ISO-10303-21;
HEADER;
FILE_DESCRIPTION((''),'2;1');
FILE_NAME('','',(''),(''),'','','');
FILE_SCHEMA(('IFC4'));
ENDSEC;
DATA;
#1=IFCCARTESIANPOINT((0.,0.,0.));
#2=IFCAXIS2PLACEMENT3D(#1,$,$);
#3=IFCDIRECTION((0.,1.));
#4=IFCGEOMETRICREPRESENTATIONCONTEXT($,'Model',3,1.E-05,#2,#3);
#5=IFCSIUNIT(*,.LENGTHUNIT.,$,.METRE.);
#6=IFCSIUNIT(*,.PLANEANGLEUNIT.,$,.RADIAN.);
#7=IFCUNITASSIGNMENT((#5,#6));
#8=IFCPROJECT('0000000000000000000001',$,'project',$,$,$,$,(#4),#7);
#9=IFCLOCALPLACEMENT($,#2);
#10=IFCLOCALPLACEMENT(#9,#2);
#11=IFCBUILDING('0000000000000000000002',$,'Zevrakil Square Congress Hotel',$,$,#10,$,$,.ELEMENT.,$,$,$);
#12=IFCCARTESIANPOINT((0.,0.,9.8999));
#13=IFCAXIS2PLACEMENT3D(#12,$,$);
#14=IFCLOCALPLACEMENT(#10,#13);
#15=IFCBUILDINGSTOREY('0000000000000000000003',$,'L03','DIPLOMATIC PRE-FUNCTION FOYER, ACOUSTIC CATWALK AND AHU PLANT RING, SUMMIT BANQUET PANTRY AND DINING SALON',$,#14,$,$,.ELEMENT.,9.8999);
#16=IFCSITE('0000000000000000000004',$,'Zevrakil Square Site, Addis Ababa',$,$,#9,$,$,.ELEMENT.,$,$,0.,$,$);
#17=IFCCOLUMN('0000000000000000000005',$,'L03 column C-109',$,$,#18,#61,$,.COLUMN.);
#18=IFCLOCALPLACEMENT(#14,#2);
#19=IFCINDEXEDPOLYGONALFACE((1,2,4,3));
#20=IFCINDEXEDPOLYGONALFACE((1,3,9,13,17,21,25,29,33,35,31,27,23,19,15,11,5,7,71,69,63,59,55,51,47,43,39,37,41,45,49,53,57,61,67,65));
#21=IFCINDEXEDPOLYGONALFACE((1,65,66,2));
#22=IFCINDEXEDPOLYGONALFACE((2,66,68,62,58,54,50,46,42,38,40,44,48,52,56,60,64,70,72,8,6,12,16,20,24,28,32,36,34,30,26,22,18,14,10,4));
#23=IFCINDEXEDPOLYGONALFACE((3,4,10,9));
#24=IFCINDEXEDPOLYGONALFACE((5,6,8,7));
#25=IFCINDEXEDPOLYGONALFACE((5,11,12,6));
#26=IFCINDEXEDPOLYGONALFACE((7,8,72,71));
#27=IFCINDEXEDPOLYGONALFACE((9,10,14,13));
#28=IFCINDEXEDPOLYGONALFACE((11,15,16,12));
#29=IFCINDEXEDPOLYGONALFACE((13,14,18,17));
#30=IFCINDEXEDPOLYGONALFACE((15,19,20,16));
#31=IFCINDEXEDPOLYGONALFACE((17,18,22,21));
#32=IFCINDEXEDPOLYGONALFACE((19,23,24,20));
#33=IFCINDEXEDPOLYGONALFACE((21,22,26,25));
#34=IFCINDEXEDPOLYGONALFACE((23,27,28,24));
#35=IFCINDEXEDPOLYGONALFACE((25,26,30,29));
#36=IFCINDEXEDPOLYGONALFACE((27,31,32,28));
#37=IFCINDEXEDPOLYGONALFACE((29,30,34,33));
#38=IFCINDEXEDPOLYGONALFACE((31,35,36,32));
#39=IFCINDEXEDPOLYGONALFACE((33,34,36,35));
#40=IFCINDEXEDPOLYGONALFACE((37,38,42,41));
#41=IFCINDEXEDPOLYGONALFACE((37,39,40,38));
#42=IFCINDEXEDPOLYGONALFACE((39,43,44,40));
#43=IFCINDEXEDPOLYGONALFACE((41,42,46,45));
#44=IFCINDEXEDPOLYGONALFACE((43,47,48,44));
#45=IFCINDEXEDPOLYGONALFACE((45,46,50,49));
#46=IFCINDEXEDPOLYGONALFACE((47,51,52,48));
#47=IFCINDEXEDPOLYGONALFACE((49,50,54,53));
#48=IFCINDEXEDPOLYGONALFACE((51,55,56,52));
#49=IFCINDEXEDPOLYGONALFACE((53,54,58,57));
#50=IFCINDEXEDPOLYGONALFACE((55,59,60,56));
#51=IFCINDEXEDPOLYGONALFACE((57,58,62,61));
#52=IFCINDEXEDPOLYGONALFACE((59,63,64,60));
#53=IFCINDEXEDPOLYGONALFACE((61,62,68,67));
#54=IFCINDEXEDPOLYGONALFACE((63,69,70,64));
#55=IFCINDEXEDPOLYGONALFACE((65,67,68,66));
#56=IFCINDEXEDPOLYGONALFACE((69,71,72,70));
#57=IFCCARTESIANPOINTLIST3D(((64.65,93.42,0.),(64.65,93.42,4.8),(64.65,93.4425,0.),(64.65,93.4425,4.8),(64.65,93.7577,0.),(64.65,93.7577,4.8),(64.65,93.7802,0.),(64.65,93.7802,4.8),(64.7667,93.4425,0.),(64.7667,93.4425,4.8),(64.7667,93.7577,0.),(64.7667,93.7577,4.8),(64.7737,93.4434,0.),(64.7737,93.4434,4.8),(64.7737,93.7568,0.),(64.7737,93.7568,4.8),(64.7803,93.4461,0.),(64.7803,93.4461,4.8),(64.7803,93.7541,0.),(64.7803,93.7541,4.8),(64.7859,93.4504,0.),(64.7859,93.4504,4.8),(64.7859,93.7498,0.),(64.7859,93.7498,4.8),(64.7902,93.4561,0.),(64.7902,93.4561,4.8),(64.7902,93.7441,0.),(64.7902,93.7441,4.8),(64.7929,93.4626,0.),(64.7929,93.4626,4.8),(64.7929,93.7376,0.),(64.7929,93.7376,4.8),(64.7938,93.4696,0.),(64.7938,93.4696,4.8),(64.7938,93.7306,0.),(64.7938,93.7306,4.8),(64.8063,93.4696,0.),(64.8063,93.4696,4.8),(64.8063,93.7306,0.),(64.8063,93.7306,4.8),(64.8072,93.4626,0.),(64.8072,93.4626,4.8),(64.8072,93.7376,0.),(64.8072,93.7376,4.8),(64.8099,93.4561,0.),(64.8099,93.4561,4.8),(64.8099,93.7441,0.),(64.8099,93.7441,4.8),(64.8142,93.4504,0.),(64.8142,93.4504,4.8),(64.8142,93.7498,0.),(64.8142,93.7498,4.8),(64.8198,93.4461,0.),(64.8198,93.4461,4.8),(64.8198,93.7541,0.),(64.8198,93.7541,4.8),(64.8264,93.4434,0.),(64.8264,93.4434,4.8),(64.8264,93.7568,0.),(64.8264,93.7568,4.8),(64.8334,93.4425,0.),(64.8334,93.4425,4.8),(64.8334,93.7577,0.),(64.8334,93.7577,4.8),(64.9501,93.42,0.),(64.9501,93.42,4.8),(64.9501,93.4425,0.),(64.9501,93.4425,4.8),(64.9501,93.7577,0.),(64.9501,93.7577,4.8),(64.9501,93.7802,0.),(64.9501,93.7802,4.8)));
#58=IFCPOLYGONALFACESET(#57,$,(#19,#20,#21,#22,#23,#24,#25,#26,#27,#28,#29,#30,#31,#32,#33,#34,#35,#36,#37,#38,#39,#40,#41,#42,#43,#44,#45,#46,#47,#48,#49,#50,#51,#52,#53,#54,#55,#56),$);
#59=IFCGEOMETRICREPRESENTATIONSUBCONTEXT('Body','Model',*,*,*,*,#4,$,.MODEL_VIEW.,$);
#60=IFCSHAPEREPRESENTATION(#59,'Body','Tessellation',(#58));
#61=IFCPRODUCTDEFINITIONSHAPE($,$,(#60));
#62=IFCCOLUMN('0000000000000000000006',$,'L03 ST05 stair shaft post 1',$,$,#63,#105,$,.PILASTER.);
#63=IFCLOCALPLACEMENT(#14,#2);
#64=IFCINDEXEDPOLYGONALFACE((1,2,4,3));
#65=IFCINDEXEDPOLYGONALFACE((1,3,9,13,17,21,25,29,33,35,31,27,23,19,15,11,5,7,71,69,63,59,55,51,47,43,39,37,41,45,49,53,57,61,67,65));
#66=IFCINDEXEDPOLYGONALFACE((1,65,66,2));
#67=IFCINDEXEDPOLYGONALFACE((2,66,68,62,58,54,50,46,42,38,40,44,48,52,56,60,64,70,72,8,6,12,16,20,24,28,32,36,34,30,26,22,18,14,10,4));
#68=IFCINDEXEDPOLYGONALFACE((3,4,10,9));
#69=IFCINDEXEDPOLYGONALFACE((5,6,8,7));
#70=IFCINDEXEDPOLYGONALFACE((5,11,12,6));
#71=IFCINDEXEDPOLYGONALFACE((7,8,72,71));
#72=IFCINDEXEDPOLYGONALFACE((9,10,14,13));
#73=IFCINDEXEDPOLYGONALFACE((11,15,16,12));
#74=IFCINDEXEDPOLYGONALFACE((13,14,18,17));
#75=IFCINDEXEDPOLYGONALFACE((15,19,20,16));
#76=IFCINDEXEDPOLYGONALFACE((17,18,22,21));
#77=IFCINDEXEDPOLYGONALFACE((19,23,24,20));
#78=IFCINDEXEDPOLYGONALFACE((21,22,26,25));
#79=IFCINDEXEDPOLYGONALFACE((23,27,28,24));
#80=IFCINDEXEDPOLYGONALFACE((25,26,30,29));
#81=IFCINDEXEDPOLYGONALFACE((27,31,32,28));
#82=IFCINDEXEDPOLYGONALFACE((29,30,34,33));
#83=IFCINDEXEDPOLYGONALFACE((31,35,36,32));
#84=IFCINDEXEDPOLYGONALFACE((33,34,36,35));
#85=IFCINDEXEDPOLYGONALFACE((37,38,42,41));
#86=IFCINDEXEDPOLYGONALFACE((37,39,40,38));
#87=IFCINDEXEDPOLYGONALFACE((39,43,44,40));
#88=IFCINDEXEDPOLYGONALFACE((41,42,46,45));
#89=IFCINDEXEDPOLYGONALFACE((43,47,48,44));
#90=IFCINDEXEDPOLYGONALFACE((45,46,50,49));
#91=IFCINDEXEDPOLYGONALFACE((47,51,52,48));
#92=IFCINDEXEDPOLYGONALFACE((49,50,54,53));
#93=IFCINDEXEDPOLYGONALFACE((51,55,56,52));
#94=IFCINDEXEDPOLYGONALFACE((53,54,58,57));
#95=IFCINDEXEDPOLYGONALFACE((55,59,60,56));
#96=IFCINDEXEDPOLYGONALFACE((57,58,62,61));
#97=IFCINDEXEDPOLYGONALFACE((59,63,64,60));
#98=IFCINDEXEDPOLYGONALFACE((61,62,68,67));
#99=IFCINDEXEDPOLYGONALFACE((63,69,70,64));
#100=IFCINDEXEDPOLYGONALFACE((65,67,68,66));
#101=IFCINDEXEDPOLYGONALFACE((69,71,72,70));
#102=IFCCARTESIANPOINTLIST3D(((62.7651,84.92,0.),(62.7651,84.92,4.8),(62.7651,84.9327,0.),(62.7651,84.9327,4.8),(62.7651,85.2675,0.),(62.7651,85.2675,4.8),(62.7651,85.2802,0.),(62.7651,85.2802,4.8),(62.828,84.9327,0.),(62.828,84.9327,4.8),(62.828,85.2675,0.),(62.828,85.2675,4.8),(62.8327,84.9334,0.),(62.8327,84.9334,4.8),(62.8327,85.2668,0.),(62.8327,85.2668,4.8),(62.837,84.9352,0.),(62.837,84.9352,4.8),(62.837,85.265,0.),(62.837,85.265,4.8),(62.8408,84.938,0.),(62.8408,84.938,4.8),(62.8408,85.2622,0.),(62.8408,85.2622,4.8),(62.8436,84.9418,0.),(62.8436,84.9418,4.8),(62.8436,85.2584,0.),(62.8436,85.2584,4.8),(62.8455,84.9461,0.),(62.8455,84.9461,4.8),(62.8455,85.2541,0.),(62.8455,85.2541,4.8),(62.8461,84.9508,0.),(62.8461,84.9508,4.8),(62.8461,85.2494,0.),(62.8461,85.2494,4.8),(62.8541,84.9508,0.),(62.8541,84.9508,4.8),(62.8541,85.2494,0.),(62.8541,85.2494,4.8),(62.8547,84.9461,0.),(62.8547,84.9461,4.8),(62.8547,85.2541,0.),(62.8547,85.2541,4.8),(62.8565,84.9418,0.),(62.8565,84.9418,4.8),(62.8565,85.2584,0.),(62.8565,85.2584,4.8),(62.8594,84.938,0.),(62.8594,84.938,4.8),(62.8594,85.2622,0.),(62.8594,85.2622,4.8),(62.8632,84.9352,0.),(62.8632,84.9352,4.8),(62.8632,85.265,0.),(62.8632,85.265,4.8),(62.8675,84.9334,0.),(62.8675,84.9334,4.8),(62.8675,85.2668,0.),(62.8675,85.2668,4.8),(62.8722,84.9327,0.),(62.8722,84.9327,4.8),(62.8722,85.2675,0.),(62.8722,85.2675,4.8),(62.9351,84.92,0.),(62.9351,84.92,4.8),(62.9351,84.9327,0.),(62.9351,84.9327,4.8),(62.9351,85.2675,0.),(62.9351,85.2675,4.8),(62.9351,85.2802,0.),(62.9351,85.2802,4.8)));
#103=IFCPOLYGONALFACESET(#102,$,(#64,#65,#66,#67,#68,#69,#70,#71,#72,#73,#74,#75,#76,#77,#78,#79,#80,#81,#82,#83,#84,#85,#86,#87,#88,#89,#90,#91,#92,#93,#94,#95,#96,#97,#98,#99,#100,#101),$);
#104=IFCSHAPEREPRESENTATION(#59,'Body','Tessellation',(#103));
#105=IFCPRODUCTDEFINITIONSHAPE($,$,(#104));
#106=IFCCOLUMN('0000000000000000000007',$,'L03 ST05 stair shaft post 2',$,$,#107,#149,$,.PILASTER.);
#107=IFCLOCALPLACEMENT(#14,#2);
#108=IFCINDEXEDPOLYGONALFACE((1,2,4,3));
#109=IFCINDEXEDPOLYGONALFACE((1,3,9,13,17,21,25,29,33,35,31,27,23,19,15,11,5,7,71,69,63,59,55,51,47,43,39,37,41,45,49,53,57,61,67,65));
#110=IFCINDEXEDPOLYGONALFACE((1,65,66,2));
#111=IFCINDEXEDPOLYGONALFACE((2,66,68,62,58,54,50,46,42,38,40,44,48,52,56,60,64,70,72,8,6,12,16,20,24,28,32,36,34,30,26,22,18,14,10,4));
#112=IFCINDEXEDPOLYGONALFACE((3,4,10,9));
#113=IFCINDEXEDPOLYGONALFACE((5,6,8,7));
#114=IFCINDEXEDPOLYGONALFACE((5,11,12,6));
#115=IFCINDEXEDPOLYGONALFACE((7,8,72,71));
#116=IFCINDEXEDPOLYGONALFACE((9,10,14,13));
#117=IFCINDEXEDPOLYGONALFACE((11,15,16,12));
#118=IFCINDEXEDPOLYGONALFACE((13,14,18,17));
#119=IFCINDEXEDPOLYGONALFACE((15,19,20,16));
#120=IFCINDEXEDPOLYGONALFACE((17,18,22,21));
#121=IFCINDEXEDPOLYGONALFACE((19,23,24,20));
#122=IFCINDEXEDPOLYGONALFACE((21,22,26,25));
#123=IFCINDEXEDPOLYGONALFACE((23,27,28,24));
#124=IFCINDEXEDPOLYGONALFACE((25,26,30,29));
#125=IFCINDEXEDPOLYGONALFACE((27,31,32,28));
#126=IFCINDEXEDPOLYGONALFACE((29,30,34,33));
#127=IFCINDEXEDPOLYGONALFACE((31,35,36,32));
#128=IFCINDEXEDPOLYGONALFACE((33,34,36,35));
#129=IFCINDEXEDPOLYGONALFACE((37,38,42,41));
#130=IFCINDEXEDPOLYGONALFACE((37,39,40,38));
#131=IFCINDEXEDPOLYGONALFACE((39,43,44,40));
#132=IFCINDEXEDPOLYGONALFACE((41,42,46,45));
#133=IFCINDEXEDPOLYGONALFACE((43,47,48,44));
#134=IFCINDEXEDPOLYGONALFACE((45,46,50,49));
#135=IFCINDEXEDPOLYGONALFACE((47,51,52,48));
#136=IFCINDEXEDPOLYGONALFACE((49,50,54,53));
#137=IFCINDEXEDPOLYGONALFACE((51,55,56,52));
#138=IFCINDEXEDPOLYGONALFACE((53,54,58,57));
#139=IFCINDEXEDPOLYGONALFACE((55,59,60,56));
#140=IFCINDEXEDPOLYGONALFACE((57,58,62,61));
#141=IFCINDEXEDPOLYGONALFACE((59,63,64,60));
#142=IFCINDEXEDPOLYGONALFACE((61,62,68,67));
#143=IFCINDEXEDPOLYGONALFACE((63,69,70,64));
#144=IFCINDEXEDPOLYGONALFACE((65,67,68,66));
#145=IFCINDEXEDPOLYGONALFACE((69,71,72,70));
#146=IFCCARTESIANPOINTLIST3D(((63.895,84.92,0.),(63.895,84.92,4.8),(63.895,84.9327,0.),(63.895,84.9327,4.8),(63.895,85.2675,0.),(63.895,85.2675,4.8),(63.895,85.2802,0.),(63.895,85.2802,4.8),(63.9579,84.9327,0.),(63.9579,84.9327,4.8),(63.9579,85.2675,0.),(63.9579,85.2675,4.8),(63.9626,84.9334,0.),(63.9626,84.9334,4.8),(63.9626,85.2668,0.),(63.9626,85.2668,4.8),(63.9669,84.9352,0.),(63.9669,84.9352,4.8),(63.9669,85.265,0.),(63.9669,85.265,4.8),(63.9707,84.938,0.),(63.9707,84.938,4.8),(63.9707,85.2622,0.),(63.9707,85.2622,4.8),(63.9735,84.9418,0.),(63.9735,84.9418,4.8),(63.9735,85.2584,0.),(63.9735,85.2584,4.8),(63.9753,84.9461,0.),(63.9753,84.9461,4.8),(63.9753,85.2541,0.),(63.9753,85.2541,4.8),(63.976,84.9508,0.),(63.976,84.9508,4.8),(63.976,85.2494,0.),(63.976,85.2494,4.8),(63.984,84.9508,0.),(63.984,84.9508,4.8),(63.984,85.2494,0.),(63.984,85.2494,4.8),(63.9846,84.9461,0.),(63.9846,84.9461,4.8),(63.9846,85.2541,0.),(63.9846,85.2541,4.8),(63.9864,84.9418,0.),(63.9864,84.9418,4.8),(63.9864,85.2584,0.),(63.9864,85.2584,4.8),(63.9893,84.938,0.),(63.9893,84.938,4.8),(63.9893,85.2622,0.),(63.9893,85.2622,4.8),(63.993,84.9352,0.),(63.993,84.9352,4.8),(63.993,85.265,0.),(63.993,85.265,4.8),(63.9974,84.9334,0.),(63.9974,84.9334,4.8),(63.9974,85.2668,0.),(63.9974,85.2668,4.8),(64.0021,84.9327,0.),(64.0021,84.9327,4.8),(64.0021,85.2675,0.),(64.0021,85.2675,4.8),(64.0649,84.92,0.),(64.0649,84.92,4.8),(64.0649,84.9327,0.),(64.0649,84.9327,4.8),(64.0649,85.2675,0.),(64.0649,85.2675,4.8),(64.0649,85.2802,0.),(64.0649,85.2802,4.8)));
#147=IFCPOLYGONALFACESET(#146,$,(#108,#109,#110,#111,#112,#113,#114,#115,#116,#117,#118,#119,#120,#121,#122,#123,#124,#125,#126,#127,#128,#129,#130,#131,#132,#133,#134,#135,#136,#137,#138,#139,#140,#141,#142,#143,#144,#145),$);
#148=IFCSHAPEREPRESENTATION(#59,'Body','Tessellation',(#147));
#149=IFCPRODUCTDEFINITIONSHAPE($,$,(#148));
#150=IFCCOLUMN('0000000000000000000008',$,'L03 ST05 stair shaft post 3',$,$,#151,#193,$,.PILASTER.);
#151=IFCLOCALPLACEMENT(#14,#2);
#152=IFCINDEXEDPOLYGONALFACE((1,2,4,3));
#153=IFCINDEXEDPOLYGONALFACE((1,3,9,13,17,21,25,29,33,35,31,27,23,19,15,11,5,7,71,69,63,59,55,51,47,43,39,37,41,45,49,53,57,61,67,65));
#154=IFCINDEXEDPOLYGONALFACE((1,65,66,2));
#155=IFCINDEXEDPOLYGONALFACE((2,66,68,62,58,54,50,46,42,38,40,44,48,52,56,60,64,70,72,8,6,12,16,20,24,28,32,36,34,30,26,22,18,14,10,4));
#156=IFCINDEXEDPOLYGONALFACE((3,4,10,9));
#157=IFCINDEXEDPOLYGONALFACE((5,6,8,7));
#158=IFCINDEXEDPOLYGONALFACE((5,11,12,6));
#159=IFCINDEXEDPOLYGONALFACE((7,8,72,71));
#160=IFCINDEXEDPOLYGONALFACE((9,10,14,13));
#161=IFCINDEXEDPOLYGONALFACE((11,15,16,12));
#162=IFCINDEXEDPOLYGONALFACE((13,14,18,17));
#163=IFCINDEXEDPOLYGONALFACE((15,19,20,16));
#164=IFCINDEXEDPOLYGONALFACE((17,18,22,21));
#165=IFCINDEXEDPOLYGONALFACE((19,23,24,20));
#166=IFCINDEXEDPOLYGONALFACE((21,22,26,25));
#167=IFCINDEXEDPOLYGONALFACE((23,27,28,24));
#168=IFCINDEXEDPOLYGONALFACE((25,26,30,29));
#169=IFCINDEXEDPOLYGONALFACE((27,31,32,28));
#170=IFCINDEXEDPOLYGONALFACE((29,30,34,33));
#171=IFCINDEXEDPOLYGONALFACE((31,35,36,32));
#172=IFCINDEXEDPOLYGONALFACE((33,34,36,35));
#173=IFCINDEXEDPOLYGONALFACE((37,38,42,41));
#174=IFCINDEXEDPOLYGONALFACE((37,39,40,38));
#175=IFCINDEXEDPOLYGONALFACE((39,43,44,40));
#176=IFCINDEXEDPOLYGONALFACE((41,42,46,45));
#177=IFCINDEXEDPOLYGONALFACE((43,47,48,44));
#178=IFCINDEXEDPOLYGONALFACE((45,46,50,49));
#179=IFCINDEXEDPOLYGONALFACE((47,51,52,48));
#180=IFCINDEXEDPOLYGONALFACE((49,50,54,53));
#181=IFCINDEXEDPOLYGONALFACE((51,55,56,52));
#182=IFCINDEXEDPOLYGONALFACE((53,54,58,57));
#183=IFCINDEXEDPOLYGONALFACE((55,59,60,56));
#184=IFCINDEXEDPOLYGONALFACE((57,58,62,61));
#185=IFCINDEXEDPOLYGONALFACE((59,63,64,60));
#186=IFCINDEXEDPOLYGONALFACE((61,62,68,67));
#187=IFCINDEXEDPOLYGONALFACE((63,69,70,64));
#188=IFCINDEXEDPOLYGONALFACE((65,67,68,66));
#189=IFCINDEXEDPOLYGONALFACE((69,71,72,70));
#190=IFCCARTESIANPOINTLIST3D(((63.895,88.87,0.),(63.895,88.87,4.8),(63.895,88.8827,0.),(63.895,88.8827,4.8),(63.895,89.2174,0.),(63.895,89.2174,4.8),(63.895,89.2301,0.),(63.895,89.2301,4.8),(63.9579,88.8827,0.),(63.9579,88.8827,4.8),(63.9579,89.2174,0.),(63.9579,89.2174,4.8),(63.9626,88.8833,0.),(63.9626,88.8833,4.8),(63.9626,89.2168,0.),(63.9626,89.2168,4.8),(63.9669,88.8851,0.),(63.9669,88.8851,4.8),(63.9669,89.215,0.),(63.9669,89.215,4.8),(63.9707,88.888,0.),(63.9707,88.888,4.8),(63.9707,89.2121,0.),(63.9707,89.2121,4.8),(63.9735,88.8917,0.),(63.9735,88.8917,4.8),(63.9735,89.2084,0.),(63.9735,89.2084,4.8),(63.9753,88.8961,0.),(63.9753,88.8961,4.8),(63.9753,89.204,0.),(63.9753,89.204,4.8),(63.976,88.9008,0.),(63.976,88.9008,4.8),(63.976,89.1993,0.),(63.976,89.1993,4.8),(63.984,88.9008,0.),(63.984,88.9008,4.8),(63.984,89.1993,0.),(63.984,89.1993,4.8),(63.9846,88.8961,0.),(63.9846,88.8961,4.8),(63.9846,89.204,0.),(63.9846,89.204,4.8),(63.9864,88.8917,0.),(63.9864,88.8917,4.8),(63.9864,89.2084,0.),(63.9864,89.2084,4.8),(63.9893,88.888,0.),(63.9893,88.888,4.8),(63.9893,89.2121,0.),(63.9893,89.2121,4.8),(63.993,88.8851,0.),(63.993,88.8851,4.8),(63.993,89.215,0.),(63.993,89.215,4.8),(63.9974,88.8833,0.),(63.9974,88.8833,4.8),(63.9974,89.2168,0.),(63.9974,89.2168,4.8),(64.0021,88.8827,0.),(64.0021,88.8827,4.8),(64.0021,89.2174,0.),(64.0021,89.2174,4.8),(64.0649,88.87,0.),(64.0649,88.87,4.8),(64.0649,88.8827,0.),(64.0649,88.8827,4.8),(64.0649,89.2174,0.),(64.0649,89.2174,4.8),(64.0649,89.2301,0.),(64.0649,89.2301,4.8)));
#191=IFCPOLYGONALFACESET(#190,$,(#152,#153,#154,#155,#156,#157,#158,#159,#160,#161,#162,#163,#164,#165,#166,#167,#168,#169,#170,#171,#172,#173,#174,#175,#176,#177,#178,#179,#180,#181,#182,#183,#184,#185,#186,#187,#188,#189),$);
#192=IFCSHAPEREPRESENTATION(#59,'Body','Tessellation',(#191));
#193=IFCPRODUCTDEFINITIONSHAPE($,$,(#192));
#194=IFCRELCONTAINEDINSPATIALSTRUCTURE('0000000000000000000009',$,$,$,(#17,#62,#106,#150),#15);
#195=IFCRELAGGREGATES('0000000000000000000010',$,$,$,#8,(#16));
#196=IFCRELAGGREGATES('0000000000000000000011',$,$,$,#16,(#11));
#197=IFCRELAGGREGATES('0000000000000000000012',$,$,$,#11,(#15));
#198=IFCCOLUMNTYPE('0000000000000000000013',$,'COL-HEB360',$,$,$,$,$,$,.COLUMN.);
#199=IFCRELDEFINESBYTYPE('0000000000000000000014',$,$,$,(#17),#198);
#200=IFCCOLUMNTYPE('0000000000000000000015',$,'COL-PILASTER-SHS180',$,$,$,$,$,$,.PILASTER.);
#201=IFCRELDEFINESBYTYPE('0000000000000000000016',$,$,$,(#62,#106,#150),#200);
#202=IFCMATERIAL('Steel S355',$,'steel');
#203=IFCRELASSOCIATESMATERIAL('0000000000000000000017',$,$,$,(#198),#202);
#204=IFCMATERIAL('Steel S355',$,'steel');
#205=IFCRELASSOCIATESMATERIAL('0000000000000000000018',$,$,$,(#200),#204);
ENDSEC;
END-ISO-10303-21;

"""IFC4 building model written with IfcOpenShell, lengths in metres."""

from ifc_helpers import new_model, si_unit, direction, frame, origin, origin_2d, place, context, subcontext, project, spatial, i_section, extrude, material, material_profile, profile_set, type_object, element, save


model = new_model("IFC4")

# Units and contexts
model_context = context("Model", 3, precision=1e-05, world=origin(), true_north=direction((0.0, 1.0)))
body_context = subcontext(model_context, "Body", "Model", "MODEL_VIEW")
ifc_project = project(units=[si_unit("LENGTHUNIT", "METRE"), si_unit("PLANEANGLEUNIT", "RADIAN")], contexts=[model_context])

# Site, building, storey
site_placement = place(None, origin())
site = spatial("IfcSite", under=ifc_project, at=site_placement, Name="Zevrakil Square Site, Addis Ababa", CompositionType="ELEMENT", RefElevation=0.0)
building_placement = place(site_placement, origin())
building = spatial("IfcBuilding", under=site, at=building_placement, Name="Zevrakil Square Congress Hotel", CompositionType="ELEMENT")
storey_placement = place(building_placement, frame((0.0, 0.0, 9.8999)))
storey = spatial("IfcBuildingStorey", under=building, at=storey_placement, Name="L03", Description="DIPLOMATIC PRE-FUNCTION FOYER, ACOUSTIC CATWALK AND AHU PLANT RING, SUMMIT BANQUET PANTRY AND DINING SALON", CompositionType="ELEMENT", Elevation=9.8999)

# Columns
ifc_material_1 = material(Name="Steel S355", Category="steel")
ifc_material_profile_1 = material_profile(ifc_material_1, i_section(OverallWidth=0.3, OverallDepth=0.3601, WebThickness=0.0125, FlangeThickness=0.0225, FilletRadius=0.0271, at=origin_2d()), Name="HEB 360")
ifc_profile_set_1 = profile_set([ifc_material_profile_1], Name="Steel S355")
column_type_1 = type_object("IfcColumnType", Name="COL-HEB360", PredefinedType="COLUMN", material=ifc_profile_set_1)
column_placement = place(storey_placement, frame((64.8, 93.6001, 0.0), z_axis=(0.0, 0.0, 1.0), x_axis=(1.0, 0.0, 0.0)))
element("IfcColumn", 1, at=column_placement, inside=storey, type_object=column_type_1, Name="L03 column C-109", PredefinedType="COLUMN", context=body_context, shape_type="SweptSolid", body=[
    extrude(i_section(OverallWidth=0.3, OverallDepth=0.3601, WebThickness=0.0125, FlangeThickness=0.0225, FilletRadius=0.0271, at=origin_2d()), origin(), (0.0, 0.0, 1.0), 4.8),
])
ifc_material_2 = material(Name="Steel S355", Category="steel")
ifc_material_profile_2 = material_profile(ifc_material_2, i_section(OverallWidth=0.1699, OverallDepth=0.3601, WebThickness=0.0081, FlangeThickness=0.0127, FilletRadius=0.0181, at=origin_2d()), Name="IPE 360")
ifc_profile_set_2 = profile_set([ifc_material_profile_2], Name="Steel S355")
column_type_2 = type_object("IfcColumnType", Name="COL-PILASTER-SHS180", PredefinedType="PILASTER", material=ifc_profile_set_2)
for number, where, z_axis, x_axis, name in (
    (2, (62.8501, 85.1001, 0.0), (0.0, 0.0, 1.0), (1.0, 0.0, 0.0), "L03 ST05 stair shaft post 1"),
    (3, (63.98, 85.1001, 0.0), (0.0, 0.0, 1.0), (1.0, 0.0, 0.0), "L03 ST05 stair shaft post 2"),
    (4, (63.98, 89.05, 0.0), (0.0, 0.0, 1.0), (1.0, 0.0, 0.0), "L03 ST05 stair shaft post 3"),
):
    element("IfcColumn", number, at=place(storey_placement, frame(where, z_axis=z_axis, x_axis=x_axis)), inside=storey, type_object=column_type_2, Name=name, PredefinedType="PILASTER", context=body_context, shape_type="SweptSolid", body=[
        extrude(i_section(OverallWidth=0.1699, OverallDepth=0.3601, WebThickness=0.0081, FlangeThickness=0.0127, FilletRadius=0.0181, at=origin_2d()), origin(), (0.0, 0.0, 1.0), 4.8),
    ])

save(model, "model.ifc")
